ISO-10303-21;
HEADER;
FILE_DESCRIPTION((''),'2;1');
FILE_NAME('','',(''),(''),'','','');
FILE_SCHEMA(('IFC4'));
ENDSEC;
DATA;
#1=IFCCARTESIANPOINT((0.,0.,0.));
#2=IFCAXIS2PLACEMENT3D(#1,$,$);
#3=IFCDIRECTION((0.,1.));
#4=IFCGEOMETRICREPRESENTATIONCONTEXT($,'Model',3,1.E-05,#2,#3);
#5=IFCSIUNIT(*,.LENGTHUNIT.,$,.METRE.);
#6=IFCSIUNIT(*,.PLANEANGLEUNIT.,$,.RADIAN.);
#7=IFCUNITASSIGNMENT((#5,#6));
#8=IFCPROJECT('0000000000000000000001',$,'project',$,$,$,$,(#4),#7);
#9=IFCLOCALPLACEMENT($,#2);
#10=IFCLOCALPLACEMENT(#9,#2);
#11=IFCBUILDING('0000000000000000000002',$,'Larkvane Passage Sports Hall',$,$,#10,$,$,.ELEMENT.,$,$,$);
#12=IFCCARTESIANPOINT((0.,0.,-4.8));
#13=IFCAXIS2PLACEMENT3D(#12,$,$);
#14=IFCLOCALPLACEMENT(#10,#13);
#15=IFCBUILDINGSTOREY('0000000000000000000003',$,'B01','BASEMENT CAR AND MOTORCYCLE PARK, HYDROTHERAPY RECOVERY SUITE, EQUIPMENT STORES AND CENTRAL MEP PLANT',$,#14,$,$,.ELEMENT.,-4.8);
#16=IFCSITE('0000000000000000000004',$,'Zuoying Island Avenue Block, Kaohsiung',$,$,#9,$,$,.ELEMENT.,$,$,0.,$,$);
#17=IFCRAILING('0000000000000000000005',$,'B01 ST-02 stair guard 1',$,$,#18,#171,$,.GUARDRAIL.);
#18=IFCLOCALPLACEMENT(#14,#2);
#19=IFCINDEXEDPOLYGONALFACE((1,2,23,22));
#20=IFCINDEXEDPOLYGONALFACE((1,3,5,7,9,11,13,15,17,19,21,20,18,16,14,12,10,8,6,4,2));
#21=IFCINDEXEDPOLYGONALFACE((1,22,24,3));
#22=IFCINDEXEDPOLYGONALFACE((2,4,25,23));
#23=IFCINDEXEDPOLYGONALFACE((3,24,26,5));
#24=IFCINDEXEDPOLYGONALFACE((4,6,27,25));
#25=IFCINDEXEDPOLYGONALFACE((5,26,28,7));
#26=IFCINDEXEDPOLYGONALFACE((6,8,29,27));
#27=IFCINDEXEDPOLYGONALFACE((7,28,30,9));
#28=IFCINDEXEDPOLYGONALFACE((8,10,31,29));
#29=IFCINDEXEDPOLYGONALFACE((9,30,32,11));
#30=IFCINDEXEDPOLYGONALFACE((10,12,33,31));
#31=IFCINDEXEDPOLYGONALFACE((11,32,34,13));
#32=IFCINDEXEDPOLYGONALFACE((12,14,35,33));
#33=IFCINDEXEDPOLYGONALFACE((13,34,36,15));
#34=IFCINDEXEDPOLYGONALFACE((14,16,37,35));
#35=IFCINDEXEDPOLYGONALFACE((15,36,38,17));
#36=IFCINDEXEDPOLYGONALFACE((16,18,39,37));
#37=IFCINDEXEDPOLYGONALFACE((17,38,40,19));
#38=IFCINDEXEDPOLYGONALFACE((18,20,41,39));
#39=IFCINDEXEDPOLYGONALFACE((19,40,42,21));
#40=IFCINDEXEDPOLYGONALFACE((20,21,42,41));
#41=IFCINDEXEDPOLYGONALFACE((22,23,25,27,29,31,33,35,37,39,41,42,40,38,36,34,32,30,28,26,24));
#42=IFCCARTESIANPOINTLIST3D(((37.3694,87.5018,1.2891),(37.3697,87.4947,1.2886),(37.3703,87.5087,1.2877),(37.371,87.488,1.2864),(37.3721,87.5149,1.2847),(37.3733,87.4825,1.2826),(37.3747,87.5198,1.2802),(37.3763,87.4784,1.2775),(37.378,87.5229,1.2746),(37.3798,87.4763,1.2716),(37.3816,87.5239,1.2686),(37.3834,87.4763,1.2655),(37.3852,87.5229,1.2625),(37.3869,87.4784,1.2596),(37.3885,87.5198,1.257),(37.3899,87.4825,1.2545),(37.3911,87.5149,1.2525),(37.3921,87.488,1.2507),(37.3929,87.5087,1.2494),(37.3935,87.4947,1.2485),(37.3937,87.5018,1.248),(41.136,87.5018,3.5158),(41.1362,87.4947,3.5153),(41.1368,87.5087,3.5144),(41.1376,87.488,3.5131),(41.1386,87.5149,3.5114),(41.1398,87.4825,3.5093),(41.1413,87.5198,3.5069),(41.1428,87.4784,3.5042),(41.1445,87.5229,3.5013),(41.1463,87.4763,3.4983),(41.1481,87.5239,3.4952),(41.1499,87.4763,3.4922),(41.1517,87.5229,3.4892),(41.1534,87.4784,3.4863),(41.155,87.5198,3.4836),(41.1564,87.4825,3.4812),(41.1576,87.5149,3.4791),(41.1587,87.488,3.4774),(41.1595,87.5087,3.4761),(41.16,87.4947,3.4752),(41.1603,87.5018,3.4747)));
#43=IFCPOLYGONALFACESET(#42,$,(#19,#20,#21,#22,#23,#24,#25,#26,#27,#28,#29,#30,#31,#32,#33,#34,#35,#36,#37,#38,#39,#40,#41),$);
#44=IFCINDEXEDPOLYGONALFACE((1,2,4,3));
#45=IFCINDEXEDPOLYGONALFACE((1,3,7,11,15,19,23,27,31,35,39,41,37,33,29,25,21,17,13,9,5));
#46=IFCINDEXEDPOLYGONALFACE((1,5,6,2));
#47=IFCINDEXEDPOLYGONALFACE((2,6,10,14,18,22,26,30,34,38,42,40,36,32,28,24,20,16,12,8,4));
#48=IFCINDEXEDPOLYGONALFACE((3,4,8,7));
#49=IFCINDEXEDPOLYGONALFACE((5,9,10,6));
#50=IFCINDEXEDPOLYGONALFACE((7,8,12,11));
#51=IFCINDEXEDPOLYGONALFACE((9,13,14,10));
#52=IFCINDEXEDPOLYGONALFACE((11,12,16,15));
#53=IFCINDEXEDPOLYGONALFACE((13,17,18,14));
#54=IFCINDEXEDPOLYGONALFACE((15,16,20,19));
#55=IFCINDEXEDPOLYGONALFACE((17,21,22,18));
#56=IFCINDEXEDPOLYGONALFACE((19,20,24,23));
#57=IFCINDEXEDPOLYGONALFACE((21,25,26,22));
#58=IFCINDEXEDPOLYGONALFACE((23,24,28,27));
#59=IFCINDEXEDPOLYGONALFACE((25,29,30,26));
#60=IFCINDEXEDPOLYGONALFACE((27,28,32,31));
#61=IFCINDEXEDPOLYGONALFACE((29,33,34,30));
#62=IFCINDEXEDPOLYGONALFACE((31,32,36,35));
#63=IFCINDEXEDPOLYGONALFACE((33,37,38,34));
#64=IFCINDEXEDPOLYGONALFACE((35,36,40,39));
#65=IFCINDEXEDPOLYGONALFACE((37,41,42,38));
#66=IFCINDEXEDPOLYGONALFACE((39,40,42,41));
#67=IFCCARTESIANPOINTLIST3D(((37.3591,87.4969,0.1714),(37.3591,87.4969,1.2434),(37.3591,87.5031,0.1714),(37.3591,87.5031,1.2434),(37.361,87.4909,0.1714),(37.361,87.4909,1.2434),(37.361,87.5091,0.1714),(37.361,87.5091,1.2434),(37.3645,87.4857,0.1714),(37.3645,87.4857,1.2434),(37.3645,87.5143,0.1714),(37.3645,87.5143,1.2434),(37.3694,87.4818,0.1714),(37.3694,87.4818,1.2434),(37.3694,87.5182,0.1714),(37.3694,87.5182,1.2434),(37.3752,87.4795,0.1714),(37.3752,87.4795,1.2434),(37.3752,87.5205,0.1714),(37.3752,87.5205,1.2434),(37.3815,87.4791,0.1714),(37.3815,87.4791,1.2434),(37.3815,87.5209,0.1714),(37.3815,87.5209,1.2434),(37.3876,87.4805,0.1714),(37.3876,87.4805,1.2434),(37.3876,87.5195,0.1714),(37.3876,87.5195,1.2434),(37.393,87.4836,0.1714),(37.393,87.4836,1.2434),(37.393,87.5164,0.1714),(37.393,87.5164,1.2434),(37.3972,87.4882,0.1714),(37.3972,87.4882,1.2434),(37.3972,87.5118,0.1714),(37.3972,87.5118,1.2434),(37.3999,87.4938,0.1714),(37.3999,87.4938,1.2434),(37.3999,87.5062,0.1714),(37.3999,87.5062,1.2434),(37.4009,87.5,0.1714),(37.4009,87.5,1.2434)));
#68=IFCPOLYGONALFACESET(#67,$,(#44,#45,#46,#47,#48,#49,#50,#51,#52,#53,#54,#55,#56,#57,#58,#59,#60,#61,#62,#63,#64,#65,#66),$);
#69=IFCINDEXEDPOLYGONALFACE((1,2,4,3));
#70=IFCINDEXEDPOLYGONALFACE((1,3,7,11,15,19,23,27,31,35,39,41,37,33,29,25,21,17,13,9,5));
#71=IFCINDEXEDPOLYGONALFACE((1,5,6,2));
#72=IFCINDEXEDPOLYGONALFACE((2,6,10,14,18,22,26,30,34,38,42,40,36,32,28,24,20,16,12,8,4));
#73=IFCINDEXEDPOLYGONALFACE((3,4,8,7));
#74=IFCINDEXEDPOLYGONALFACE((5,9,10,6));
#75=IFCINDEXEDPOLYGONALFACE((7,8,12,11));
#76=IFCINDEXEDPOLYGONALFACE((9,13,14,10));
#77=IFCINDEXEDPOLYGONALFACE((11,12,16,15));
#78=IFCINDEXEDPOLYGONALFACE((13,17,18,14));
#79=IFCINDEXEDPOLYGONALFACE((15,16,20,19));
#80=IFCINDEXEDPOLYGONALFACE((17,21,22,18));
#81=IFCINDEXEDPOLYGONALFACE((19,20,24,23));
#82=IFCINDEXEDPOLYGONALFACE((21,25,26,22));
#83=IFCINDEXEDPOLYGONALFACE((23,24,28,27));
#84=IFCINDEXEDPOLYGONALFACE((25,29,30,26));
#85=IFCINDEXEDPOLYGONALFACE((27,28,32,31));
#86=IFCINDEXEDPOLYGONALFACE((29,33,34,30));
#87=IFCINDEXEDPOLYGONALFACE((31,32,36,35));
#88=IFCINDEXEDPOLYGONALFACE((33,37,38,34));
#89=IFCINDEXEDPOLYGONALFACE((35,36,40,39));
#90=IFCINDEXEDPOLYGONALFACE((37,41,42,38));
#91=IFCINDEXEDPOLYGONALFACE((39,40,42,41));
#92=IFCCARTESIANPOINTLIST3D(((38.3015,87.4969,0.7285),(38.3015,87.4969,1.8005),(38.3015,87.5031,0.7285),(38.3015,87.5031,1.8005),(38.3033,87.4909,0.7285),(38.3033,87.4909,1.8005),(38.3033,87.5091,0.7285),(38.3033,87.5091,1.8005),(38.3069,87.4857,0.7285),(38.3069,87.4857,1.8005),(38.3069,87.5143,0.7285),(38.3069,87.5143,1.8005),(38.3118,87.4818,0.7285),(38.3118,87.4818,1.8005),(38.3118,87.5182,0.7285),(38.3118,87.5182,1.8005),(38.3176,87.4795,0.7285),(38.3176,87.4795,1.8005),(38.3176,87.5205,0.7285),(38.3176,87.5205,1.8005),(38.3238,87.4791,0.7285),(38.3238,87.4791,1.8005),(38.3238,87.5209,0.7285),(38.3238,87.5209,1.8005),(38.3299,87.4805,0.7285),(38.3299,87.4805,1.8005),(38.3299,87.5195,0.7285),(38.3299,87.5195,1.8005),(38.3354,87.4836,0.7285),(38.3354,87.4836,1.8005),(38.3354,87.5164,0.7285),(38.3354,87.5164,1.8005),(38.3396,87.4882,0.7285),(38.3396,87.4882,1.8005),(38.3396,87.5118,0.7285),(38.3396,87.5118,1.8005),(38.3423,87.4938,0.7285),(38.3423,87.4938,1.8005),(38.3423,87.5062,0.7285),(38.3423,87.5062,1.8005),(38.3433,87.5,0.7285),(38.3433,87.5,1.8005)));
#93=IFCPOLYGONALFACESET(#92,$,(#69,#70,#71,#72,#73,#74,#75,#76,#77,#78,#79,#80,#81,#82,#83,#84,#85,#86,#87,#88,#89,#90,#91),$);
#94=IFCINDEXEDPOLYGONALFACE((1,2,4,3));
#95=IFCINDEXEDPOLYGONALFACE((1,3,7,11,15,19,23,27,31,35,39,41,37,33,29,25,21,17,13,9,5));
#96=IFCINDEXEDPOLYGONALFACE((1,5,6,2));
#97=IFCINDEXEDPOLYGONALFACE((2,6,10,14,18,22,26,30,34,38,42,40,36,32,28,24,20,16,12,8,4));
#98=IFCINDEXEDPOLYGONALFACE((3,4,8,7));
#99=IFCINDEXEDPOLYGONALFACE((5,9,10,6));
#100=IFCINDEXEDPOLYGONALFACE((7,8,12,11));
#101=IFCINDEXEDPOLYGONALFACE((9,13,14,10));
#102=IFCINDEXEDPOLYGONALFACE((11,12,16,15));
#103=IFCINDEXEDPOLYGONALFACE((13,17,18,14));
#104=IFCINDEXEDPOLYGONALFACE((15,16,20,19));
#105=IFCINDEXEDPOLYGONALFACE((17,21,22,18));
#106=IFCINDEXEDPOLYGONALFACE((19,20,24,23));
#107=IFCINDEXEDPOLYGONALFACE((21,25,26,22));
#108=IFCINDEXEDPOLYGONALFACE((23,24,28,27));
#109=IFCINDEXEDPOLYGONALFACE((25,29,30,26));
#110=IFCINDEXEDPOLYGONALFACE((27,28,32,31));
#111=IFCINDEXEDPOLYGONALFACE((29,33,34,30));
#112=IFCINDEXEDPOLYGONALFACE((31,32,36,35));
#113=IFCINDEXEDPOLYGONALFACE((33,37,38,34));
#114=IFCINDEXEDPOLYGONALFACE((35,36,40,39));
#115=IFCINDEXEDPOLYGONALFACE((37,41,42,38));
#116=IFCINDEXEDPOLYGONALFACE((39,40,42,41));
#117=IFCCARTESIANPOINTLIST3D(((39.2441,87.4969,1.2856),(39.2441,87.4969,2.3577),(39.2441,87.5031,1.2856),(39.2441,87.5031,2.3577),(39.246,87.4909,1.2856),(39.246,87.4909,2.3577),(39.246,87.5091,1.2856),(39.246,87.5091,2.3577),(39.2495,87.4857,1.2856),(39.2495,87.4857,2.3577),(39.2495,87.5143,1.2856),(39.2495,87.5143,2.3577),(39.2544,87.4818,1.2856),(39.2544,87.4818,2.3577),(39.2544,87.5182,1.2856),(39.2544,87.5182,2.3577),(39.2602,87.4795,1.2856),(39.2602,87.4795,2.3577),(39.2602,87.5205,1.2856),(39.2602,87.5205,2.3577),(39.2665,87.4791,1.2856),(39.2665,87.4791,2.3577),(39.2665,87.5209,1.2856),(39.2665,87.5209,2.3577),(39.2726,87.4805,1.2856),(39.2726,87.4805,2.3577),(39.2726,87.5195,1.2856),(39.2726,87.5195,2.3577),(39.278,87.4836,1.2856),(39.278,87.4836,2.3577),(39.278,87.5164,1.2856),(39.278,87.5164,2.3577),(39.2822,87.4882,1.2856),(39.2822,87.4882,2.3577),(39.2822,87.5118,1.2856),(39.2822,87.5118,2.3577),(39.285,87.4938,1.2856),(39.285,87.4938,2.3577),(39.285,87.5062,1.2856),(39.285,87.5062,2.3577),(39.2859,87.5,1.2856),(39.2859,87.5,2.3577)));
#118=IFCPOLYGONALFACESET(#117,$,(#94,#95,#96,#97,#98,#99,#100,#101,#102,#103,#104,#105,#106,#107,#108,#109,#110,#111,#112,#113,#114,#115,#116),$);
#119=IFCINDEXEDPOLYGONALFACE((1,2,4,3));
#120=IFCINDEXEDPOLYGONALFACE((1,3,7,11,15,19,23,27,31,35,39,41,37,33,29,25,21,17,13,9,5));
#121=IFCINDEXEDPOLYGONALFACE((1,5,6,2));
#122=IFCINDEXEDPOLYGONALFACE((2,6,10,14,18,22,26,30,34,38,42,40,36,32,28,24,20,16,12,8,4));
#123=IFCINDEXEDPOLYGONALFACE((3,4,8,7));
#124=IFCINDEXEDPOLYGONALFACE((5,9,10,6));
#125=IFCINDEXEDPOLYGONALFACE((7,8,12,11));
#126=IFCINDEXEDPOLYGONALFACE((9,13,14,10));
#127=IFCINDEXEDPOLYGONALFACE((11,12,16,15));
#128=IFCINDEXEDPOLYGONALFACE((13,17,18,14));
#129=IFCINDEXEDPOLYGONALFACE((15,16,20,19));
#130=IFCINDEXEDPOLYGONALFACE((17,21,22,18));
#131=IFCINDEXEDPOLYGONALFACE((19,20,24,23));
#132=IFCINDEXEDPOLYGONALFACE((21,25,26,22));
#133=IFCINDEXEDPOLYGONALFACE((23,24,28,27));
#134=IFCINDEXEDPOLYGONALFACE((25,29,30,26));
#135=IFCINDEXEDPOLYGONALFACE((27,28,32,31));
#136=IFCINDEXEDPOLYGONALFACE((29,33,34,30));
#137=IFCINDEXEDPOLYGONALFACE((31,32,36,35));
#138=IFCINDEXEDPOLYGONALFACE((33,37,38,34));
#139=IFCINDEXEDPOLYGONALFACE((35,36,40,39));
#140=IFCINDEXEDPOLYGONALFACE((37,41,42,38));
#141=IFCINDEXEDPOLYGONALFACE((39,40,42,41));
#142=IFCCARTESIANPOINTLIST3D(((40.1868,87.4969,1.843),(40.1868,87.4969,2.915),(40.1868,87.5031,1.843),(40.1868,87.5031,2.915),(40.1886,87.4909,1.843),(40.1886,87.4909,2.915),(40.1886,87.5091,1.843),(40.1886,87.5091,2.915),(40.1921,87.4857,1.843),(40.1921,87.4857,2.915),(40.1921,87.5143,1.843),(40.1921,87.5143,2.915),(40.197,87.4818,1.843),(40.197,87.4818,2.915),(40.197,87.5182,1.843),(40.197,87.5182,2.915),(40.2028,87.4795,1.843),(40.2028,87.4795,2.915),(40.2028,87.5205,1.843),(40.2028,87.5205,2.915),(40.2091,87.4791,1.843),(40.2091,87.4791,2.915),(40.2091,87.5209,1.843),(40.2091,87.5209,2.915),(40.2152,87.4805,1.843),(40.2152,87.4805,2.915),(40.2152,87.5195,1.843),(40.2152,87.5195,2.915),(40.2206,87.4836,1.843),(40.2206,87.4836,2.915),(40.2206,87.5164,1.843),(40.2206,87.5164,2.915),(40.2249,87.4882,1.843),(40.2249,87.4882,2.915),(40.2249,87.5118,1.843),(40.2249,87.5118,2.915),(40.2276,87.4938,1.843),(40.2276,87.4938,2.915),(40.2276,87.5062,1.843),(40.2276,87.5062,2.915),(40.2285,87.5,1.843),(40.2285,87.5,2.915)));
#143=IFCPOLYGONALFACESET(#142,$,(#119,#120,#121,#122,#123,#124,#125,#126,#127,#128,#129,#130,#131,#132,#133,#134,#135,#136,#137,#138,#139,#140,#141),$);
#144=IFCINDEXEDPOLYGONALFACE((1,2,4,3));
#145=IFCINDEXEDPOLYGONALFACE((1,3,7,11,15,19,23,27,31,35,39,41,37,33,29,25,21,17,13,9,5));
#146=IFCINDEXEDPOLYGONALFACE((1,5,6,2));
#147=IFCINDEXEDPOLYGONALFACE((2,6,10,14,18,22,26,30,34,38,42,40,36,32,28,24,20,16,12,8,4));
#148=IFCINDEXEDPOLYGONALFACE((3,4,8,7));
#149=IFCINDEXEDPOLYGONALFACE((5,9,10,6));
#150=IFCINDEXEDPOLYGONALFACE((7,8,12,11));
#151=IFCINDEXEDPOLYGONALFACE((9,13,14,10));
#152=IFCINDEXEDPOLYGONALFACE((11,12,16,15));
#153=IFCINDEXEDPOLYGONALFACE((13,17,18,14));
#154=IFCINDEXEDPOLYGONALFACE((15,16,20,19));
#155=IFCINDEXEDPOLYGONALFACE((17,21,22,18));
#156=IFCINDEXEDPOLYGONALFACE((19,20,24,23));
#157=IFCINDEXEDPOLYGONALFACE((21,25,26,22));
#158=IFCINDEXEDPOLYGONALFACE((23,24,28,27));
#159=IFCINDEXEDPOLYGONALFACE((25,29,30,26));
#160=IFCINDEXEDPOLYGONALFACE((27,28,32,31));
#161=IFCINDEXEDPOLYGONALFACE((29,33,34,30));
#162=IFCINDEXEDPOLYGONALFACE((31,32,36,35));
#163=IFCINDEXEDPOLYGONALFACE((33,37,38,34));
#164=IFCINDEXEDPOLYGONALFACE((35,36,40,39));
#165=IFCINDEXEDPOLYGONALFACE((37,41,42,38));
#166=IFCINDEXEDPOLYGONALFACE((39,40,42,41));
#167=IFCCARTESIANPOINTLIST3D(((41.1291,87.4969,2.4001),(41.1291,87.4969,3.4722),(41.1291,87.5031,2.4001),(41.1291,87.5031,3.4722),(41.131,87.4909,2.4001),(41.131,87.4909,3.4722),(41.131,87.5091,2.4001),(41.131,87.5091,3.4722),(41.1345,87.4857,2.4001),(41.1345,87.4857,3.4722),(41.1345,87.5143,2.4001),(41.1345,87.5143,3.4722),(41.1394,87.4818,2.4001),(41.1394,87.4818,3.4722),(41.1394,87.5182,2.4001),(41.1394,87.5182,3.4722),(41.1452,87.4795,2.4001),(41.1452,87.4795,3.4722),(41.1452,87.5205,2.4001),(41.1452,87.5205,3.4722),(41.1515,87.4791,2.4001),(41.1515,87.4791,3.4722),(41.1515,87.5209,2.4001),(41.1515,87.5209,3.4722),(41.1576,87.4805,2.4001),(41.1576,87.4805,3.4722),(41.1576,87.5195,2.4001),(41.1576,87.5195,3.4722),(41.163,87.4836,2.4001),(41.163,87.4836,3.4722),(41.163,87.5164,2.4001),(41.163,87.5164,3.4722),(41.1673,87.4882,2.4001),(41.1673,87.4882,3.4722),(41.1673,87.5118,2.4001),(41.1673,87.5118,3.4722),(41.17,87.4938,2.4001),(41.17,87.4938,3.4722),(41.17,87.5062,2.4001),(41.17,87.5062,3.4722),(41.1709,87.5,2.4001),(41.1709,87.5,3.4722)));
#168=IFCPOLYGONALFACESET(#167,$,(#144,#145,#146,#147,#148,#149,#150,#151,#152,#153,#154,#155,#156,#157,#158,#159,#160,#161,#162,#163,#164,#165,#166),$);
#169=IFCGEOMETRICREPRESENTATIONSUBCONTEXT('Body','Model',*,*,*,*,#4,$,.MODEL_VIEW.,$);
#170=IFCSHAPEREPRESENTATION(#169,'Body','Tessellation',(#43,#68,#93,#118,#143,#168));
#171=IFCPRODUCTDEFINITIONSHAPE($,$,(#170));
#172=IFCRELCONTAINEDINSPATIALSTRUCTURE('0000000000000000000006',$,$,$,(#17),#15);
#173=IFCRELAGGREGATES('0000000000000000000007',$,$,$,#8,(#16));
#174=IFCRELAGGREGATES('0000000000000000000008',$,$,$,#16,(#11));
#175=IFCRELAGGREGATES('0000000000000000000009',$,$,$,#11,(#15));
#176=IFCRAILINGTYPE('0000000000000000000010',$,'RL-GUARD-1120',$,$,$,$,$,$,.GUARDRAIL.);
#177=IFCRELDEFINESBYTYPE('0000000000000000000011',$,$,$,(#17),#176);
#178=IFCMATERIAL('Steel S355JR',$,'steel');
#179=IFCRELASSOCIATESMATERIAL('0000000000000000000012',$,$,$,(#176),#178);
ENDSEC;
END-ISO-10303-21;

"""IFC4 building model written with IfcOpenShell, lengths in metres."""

from ifc_helpers import new_model, si_unit, direction, frame, origin, origin_2d, place, context, subcontext, project, spatial, circle, extrude, material, type_object, element, save


model = new_model("IFC4")

# Units and contexts
model_context = context("Model", 3, precision=1e-05, world=origin(), true_north=direction((0.0, 1.0)))
body_context = subcontext(model_context, "Body", "Model", "MODEL_VIEW")
ifc_project = project(units=[si_unit("LENGTHUNIT", "METRE"), si_unit("PLANEANGLEUNIT", "RADIAN")], contexts=[model_context])

# Site, building, storey
site_placement = place(None, origin())
site = spatial("IfcSite", under=ifc_project, at=site_placement, Name="Zuoying Island Avenue Block, Kaohsiung", CompositionType="ELEMENT", RefElevation=0.0)
building_placement = place(site_placement, origin())
building = spatial("IfcBuilding", under=site, at=building_placement, Name="Larkvane Passage Sports Hall", CompositionType="ELEMENT")
storey_placement = place(building_placement, frame((0.0, 0.0, -4.8)))
storey = spatial("IfcBuildingStorey", under=building, at=storey_placement, Name="B01", Description="BASEMENT CAR AND MOTORCYCLE PARK, HYDROTHERAPY RECOVERY SUITE, EQUIPMENT STORES AND CENTRAL MEP PLANT", CompositionType="ELEMENT", Elevation=-4.8)

# Railing
ifc_material_1 = material(Name="Steel S355JR", Category="steel")
railing_type_1 = type_object("IfcRailingType", Name="RL-GUARD-1120", PredefinedType="GUARDRAIL", material=ifc_material_1)
railing_1_placement = place(storey_placement, frame((37.3799, 87.5, 0.1714)))
element("IfcRailing", 1, at=railing_1_placement, inside=storey, type_object=railing_type_1, Name="B01 ST-02 stair guard 1", PredefinedType="GUARDRAIL", context=body_context, shape_type="SweptSolid", body=[
    extrude(circle(Radius=0.0239, at=origin_2d()), frame((0.0017, 0.0, 1.0972), z_axis=(0.860824, 0.0, 0.508902), x_axis=(0.0, 1.0, 0.0)), (0.0, 0.0, 1.0), 4.3755),
    extrude(circle(Radius=0.021, at=origin_2d()), origin(), (0.0, 0.0, 1.0), 1.072),
    extrude(circle(Radius=0.021, at=origin_2d()), frame((0.9424, 0.0, 0.5571)), (0.0, 0.0, 1.0), 1.072),
    extrude(circle(Radius=0.021, at=origin_2d()), frame((1.885, 0.0, 1.1143)), (0.0, 0.0, 1.0), 1.072),
    extrude(circle(Radius=0.021, at=origin_2d()), frame((2.8276, 0.0, 1.6716)), (0.0, 0.0, 1.0), 1.072),
    extrude(circle(Radius=0.021, at=origin_2d()), frame((3.77, 0.0, 2.2288)), (0.0, 0.0, 1.0), 1.072),
])

save(model, "model.ifc")
